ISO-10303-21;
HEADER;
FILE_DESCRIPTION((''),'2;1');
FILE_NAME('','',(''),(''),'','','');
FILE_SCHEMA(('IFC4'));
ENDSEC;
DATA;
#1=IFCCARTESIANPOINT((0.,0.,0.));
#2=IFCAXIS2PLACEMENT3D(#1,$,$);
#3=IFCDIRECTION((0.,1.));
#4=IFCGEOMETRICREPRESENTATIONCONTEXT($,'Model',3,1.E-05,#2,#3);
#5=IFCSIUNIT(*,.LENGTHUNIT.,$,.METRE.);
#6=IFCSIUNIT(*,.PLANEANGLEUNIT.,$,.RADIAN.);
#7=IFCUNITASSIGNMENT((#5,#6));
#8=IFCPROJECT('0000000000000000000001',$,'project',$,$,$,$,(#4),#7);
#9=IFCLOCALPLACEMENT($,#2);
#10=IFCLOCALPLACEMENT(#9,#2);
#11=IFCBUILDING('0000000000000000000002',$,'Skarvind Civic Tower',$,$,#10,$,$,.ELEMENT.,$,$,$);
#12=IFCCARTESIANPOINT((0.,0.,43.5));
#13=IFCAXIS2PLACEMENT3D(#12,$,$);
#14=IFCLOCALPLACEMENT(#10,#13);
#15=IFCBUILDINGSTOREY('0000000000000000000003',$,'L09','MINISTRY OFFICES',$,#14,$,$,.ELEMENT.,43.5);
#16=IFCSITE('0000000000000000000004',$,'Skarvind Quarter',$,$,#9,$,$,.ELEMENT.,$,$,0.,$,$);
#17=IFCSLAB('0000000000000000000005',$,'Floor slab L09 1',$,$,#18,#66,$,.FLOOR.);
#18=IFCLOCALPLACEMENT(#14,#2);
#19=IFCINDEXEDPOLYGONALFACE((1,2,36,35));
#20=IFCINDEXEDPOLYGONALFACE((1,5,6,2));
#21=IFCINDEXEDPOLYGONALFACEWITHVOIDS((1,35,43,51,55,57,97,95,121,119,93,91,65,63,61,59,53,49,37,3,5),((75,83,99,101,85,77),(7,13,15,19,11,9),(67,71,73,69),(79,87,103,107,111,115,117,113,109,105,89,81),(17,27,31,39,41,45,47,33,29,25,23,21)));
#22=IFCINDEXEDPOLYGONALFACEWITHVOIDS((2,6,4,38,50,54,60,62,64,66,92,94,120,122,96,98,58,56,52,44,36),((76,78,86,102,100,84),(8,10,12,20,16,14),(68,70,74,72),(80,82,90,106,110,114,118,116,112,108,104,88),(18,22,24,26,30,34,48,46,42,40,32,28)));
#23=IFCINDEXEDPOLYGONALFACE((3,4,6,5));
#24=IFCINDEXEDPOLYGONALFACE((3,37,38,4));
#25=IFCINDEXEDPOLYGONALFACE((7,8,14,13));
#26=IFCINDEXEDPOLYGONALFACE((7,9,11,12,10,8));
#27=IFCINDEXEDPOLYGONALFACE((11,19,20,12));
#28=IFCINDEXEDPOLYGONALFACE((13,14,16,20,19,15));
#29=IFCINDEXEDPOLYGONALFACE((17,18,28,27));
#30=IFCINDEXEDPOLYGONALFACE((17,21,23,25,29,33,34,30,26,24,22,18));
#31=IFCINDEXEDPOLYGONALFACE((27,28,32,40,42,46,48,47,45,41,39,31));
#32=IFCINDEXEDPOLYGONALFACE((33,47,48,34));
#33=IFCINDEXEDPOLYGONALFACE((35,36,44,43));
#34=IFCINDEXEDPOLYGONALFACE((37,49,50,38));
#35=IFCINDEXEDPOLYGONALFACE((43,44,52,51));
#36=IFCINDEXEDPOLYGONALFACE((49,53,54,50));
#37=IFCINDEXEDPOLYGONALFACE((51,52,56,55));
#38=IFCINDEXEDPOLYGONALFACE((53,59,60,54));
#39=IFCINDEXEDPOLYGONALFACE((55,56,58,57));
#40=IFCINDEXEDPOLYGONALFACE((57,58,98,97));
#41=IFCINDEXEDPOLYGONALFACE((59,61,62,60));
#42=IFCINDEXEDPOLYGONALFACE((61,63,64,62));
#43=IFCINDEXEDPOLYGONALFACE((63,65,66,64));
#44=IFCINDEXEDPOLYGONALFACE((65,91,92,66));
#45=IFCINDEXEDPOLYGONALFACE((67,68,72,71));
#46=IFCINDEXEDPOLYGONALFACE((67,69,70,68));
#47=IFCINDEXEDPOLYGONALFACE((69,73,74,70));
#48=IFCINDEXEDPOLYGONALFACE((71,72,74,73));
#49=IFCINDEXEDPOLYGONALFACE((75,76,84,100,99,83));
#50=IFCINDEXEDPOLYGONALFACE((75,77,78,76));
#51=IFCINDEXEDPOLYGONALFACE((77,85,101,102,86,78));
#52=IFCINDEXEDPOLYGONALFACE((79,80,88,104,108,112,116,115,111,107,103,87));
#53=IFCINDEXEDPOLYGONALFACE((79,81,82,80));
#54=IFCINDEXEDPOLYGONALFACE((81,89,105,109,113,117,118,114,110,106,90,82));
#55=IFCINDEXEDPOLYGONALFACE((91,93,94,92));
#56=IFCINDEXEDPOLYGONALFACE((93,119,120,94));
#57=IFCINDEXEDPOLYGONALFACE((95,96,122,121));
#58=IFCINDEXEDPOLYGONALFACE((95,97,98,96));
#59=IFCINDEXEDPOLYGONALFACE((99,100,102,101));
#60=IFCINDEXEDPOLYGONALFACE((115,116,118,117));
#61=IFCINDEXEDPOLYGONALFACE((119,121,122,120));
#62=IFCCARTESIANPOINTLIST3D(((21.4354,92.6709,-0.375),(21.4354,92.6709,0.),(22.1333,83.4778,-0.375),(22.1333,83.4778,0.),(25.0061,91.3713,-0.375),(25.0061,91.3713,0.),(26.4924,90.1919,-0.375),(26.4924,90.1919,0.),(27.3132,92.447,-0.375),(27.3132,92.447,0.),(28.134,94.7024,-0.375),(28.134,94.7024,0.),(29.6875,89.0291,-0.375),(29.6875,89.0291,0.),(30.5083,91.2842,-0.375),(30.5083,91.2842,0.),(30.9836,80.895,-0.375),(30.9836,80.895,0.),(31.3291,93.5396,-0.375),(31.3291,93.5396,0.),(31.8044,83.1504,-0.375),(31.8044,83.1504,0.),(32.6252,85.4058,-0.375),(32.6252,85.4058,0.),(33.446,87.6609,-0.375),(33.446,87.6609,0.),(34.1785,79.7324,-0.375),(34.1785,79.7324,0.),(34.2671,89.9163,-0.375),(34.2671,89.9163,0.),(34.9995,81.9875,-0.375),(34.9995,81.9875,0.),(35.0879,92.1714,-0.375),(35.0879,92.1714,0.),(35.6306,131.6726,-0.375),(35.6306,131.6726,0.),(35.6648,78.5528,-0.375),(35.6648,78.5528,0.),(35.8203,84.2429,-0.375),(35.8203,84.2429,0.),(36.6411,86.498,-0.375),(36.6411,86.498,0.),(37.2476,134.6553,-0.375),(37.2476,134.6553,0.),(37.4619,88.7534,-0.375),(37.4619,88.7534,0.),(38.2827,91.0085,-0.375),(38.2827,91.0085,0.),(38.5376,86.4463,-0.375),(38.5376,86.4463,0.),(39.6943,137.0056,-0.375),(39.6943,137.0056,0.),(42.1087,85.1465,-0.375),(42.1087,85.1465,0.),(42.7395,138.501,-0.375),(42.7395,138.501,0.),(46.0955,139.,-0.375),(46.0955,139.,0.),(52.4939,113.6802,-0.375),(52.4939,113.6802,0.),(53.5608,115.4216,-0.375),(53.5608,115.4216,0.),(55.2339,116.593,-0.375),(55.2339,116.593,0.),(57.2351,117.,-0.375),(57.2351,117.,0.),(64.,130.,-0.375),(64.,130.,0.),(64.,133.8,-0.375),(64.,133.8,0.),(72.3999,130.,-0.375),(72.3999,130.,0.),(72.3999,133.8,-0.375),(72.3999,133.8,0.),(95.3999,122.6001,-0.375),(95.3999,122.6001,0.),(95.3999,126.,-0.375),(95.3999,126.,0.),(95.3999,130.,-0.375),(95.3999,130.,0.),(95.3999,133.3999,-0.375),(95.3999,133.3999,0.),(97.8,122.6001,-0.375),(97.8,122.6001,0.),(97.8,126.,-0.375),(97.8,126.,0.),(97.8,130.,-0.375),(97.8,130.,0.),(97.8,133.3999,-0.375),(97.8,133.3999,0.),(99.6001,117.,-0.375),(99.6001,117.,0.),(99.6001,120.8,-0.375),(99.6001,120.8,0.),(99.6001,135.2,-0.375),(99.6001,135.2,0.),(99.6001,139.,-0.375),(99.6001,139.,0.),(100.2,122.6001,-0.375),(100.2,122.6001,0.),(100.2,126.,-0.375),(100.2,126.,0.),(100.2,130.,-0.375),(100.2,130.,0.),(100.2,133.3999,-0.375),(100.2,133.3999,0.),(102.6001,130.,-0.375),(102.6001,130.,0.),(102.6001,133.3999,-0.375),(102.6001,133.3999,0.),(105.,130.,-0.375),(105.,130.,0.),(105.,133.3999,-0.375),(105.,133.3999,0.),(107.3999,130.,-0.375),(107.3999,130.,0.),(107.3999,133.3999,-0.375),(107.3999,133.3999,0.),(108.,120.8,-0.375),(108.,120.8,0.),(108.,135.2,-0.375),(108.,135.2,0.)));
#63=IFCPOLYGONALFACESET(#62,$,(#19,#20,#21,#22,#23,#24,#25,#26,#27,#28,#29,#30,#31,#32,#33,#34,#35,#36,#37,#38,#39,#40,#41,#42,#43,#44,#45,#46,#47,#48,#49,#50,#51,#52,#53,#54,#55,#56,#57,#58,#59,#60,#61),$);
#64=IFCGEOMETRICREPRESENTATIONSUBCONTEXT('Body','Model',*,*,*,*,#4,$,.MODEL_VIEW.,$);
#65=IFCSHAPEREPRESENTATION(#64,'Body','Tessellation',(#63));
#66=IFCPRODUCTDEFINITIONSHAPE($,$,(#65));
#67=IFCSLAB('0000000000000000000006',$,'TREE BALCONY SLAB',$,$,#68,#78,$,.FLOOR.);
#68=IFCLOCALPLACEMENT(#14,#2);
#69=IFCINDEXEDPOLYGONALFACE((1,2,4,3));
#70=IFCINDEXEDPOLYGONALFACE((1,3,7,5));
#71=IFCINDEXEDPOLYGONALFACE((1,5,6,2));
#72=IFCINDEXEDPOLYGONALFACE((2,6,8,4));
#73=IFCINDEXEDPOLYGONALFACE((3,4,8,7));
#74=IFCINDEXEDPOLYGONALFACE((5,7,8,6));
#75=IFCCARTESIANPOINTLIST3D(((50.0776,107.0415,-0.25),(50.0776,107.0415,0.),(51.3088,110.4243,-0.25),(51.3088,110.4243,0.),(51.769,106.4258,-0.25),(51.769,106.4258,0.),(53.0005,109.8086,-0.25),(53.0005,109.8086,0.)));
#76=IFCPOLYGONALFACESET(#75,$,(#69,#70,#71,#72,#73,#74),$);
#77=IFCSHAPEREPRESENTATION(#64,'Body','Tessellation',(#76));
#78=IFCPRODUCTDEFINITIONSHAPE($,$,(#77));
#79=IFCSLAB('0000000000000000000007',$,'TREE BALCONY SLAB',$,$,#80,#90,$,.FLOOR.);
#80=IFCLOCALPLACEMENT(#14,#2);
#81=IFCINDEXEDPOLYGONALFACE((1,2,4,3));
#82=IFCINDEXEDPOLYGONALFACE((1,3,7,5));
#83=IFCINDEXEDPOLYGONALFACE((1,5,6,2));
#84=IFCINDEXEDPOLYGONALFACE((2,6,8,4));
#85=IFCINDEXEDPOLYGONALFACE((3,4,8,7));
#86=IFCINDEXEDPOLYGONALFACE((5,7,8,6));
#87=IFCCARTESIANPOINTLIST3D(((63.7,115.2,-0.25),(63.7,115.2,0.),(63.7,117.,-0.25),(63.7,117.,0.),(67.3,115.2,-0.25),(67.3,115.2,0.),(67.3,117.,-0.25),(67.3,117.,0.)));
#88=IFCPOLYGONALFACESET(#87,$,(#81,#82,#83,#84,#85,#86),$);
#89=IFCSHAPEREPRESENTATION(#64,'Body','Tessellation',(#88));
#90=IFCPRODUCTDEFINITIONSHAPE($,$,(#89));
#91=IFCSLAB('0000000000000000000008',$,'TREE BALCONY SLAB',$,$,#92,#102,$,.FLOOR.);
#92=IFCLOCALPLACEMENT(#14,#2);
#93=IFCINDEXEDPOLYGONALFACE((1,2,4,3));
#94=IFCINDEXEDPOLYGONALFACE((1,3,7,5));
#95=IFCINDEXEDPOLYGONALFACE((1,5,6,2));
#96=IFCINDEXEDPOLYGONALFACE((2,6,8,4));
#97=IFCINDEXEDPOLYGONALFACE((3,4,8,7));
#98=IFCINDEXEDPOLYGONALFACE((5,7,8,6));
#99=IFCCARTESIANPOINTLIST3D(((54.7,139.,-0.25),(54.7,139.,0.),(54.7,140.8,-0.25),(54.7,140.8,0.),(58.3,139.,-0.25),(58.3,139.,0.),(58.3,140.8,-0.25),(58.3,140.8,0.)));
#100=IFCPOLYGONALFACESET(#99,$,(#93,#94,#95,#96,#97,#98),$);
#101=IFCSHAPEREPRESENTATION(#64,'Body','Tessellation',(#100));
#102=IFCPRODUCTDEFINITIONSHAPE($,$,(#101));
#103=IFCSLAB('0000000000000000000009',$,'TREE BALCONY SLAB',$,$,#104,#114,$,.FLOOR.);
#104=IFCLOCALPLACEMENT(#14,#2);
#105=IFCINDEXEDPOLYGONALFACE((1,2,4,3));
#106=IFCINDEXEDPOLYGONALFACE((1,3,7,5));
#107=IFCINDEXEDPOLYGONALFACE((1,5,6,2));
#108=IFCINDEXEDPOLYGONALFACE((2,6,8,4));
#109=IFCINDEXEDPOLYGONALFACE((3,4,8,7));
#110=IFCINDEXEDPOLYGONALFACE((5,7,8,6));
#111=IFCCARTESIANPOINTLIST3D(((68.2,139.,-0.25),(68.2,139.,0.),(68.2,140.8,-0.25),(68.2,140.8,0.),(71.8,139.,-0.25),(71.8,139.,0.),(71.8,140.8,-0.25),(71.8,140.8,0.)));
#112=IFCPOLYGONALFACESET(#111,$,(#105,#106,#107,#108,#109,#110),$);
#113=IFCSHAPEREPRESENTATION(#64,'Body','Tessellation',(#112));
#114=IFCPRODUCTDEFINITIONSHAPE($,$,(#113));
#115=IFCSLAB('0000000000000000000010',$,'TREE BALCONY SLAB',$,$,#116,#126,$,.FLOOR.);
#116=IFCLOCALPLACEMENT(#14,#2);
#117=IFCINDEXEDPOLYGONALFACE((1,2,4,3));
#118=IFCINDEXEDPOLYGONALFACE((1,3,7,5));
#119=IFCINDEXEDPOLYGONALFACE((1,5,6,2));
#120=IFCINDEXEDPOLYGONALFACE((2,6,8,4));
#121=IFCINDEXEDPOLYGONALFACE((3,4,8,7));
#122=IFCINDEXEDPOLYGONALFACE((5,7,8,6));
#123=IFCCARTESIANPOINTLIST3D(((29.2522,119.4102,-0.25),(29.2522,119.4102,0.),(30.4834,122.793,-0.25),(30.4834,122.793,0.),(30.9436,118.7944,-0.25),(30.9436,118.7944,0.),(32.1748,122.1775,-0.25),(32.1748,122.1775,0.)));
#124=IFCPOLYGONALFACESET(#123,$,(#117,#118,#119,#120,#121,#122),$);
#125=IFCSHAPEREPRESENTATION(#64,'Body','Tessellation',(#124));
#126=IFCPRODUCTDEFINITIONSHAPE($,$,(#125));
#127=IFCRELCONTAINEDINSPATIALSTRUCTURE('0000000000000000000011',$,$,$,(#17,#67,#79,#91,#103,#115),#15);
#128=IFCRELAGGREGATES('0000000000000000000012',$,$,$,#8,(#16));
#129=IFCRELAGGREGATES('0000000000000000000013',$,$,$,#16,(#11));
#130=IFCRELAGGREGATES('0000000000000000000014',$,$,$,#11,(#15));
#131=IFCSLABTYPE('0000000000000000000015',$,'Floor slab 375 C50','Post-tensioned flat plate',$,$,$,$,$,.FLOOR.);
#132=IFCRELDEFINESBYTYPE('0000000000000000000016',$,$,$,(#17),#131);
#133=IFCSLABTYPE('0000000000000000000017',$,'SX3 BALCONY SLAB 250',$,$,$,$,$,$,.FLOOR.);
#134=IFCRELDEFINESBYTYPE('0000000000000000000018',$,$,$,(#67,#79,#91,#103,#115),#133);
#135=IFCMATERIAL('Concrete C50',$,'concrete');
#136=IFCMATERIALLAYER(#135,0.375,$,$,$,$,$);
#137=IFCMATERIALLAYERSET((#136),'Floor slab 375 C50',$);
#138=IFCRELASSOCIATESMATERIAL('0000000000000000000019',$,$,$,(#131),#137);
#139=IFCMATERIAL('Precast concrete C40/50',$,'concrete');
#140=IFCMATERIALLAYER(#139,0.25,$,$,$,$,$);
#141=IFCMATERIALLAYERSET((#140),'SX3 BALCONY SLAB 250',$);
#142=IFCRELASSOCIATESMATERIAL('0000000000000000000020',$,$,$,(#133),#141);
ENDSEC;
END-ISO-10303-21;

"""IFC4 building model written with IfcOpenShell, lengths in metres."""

from ifc_helpers import new_model, si_unit, direction, frame, origin, place, context, subcontext, project, spatial, polyline, outline, extrude, material, layer, layer_set, type_object, element, save


model = new_model("IFC4")

# Units and contexts
model_context = context("Model", 3, precision=1e-05, world=origin(), true_north=direction((0.0, 1.0)))
body_context = subcontext(model_context, "Body", "Model", "MODEL_VIEW")
ifc_project = project(units=[si_unit("LENGTHUNIT", "METRE"), si_unit("PLANEANGLEUNIT", "RADIAN")], contexts=[model_context])

# Site, building, storey
site_placement = place(None, origin())
site = spatial("IfcSite", under=ifc_project, at=site_placement, Name="Skarvind Quarter", CompositionType="ELEMENT", RefElevation=0.0)
building_placement = place(site_placement, origin())
building = spatial("IfcBuilding", under=site, at=building_placement, Name="Skarvind Civic Tower", CompositionType="ELEMENT")
storey_placement = place(building_placement, frame((0.0, 0.0, 43.5)))
storey = spatial("IfcBuildingStorey", under=building, at=storey_placement, Name="L09", Description="MINISTRY OFFICES", CompositionType="ELEMENT", Elevation=43.5)

# Slabs
ifc_material_1 = material(Name="Concrete C50", Category="concrete")
ifc_layer_1 = layer(ifc_material_1, 0.375)
ifc_layer_set_1 = layer_set([ifc_layer_1], Name="Floor slab 375 C50")
slab_type_1 = type_object("IfcSlabType", Name="Floor slab 375 C50", Description="Post-tensioned flat plate", PredefinedType="FLOOR", material=ifc_layer_set_1)
slab_1_placement = place(storey_placement, frame((0.0, 0.0, -0.375)))
element("IfcSlab", 1, at=slab_1_placement, inside=storey, type_object=slab_type_1, Name="Floor slab L09 1", PredefinedType="FLOOR", context=body_context, shape_type="SweptSolid", body=[
    extrude(outline(polyline([(99.6001, 117.0), (99.6001, 120.8), (108.0, 120.8), (108.0, 135.2), (99.6001, 135.2), (99.6001, 139.0), (46.0955, 139.0), (42.7395, 138.501), (39.6943, 137.0056), (37.2476, 134.6553), (35.6306, 131.6726), (19.4175, 87.1267), (21.4353, 92.6709), (25.0061, 91.3713), (22.1333, 83.4778), (36.8865, 78.1082), (35.6648, 78.5527), (38.5376, 86.4463), (42.1086, 85.1465), (40.0908, 79.6023), (40.0908, 79.6023), (52.4939, 113.6802), (53.5608, 115.4216), (55.2339, 116.593), (57.2351, 117.0), (99.6001, 117.0)]), holes=[polyline([(32.6252, 85.4058), (33.446, 87.6609), (34.2671, 89.9163), (35.0879, 92.1714), (38.2827, 91.0085), (37.4619, 88.7534), (36.6411, 86.498), (35.8203, 84.2429), (35.8203, 84.2429), (34.9995, 81.9875), (34.1785, 79.7324), (30.9836, 80.895), (31.8044, 83.1504), (32.6252, 85.4058), (32.6252, 85.4058)]), polyline([(31.3291, 93.5396), (30.5083, 91.2842), (29.6875, 89.0291), (26.4924, 90.1919), (27.3132, 92.447), (28.134, 94.7024), (31.3291, 93.5396)]), polyline([(64.0, 130.0), (64.0, 133.8), (72.3999, 133.8), (72.3999, 130.0), (64.0, 130.0)]), polyline([(100.2, 126.0), (100.2, 122.6001), (97.8, 122.6001), (95.3999, 122.6001), (95.3999, 126.0), (97.8, 126.0), (100.2, 126.0)]), polyline([(100.2, 133.3999), (102.6001, 133.3999), (105.0, 133.3999), (107.3999, 133.3999), (107.3999, 130.0), (105.0, 130.0), (102.6001, 130.0), (100.2, 130.0), (97.8, 130.0), (95.3999, 130.0), (95.3999, 133.3999), (97.8, 133.3999), (100.2, 133.3999)])]), origin(), (0.0, 0.0, 1.0), 0.375),
])
ifc_material_2 = material(Name="Precast concrete C40/50", Category="concrete")
ifc_layer_2 = layer(ifc_material_2, 0.25)
ifc_layer_set_2 = layer_set([ifc_layer_2], Name="SX3 BALCONY SLAB 250")
slab_type_2 = type_object("IfcSlabType", Name="SX3 BALCONY SLAB 250", PredefinedType="FLOOR", material=ifc_layer_set_2)
slab_2_placement = place(storey_placement, frame((0.0, 0.0, -0.25)))
element("IfcSlab", 2, at=slab_2_placement, inside=storey, type_object=slab_type_2, Name="TREE BALCONY SLAB", PredefinedType="FLOOR", context=body_context, shape_type="SweptSolid", body=[
    extrude(outline(polyline([(51.3088, 110.4243), (50.0776, 107.0415), (51.769, 106.4258), (53.0005, 109.8086), (51.3088, 110.4243)])), origin(), (0.0, 0.0, 1.0), 0.25),
])
slab_3_placement = place(storey_placement, frame((0.0, 0.0, -0.25)))
element("IfcSlab", 3, at=slab_3_placement, inside=storey, type_object=slab_type_2, Name="TREE BALCONY SLAB", PredefinedType="FLOOR", context=body_context, shape_type="SweptSolid", body=[
    extrude(outline(polyline([(67.3, 117.0), (63.7, 117.0), (63.7, 115.2), (67.3, 115.2), (67.3, 117.0)])), origin(), (0.0, 0.0, 1.0), 0.25),
])
slab_4_placement = place(storey_placement, frame((0.0, 0.0, -0.25)))
element("IfcSlab", 4, at=slab_4_placement, inside=storey, type_object=slab_type_2, Name="TREE BALCONY SLAB", PredefinedType="FLOOR", context=body_context, shape_type="SweptSolid", body=[
    extrude(outline(polyline([(54.7, 139.0), (58.3, 139.0), (58.3, 140.8), (54.7, 140.8), (54.7, 139.0)])), origin(), (0.0, 0.0, 1.0), 0.25),
])
slab_5_placement = place(storey_placement, frame((0.0, 0.0, -0.25)))
element("IfcSlab", 5, at=slab_5_placement, inside=storey, type_object=slab_type_2, Name="TREE BALCONY SLAB", PredefinedType="FLOOR", context=body_context, shape_type="SweptSolid", body=[
    extrude(outline(polyline([(68.2, 139.0), (71.8, 139.0), (71.8, 140.8), (68.2, 140.8), (68.2, 139.0)])), origin(), (0.0, 0.0, 1.0), 0.25),
])
slab_6_placement = place(storey_placement, frame((0.0, 0.0, -0.25)))
element("IfcSlab", 6, at=slab_6_placement, inside=storey, type_object=slab_type_2, Name="TREE BALCONY SLAB", PredefinedType="FLOOR", context=body_context, shape_type="SweptSolid", body=[
    extrude(outline(polyline([(30.9436, 118.7944), (32.1748, 122.1775), (30.4834, 122.793), (29.2522, 119.4102), (30.9436, 118.7944)])), origin(), (0.0, 0.0, 1.0), 0.25),
])

save(model, "model.ifc")
